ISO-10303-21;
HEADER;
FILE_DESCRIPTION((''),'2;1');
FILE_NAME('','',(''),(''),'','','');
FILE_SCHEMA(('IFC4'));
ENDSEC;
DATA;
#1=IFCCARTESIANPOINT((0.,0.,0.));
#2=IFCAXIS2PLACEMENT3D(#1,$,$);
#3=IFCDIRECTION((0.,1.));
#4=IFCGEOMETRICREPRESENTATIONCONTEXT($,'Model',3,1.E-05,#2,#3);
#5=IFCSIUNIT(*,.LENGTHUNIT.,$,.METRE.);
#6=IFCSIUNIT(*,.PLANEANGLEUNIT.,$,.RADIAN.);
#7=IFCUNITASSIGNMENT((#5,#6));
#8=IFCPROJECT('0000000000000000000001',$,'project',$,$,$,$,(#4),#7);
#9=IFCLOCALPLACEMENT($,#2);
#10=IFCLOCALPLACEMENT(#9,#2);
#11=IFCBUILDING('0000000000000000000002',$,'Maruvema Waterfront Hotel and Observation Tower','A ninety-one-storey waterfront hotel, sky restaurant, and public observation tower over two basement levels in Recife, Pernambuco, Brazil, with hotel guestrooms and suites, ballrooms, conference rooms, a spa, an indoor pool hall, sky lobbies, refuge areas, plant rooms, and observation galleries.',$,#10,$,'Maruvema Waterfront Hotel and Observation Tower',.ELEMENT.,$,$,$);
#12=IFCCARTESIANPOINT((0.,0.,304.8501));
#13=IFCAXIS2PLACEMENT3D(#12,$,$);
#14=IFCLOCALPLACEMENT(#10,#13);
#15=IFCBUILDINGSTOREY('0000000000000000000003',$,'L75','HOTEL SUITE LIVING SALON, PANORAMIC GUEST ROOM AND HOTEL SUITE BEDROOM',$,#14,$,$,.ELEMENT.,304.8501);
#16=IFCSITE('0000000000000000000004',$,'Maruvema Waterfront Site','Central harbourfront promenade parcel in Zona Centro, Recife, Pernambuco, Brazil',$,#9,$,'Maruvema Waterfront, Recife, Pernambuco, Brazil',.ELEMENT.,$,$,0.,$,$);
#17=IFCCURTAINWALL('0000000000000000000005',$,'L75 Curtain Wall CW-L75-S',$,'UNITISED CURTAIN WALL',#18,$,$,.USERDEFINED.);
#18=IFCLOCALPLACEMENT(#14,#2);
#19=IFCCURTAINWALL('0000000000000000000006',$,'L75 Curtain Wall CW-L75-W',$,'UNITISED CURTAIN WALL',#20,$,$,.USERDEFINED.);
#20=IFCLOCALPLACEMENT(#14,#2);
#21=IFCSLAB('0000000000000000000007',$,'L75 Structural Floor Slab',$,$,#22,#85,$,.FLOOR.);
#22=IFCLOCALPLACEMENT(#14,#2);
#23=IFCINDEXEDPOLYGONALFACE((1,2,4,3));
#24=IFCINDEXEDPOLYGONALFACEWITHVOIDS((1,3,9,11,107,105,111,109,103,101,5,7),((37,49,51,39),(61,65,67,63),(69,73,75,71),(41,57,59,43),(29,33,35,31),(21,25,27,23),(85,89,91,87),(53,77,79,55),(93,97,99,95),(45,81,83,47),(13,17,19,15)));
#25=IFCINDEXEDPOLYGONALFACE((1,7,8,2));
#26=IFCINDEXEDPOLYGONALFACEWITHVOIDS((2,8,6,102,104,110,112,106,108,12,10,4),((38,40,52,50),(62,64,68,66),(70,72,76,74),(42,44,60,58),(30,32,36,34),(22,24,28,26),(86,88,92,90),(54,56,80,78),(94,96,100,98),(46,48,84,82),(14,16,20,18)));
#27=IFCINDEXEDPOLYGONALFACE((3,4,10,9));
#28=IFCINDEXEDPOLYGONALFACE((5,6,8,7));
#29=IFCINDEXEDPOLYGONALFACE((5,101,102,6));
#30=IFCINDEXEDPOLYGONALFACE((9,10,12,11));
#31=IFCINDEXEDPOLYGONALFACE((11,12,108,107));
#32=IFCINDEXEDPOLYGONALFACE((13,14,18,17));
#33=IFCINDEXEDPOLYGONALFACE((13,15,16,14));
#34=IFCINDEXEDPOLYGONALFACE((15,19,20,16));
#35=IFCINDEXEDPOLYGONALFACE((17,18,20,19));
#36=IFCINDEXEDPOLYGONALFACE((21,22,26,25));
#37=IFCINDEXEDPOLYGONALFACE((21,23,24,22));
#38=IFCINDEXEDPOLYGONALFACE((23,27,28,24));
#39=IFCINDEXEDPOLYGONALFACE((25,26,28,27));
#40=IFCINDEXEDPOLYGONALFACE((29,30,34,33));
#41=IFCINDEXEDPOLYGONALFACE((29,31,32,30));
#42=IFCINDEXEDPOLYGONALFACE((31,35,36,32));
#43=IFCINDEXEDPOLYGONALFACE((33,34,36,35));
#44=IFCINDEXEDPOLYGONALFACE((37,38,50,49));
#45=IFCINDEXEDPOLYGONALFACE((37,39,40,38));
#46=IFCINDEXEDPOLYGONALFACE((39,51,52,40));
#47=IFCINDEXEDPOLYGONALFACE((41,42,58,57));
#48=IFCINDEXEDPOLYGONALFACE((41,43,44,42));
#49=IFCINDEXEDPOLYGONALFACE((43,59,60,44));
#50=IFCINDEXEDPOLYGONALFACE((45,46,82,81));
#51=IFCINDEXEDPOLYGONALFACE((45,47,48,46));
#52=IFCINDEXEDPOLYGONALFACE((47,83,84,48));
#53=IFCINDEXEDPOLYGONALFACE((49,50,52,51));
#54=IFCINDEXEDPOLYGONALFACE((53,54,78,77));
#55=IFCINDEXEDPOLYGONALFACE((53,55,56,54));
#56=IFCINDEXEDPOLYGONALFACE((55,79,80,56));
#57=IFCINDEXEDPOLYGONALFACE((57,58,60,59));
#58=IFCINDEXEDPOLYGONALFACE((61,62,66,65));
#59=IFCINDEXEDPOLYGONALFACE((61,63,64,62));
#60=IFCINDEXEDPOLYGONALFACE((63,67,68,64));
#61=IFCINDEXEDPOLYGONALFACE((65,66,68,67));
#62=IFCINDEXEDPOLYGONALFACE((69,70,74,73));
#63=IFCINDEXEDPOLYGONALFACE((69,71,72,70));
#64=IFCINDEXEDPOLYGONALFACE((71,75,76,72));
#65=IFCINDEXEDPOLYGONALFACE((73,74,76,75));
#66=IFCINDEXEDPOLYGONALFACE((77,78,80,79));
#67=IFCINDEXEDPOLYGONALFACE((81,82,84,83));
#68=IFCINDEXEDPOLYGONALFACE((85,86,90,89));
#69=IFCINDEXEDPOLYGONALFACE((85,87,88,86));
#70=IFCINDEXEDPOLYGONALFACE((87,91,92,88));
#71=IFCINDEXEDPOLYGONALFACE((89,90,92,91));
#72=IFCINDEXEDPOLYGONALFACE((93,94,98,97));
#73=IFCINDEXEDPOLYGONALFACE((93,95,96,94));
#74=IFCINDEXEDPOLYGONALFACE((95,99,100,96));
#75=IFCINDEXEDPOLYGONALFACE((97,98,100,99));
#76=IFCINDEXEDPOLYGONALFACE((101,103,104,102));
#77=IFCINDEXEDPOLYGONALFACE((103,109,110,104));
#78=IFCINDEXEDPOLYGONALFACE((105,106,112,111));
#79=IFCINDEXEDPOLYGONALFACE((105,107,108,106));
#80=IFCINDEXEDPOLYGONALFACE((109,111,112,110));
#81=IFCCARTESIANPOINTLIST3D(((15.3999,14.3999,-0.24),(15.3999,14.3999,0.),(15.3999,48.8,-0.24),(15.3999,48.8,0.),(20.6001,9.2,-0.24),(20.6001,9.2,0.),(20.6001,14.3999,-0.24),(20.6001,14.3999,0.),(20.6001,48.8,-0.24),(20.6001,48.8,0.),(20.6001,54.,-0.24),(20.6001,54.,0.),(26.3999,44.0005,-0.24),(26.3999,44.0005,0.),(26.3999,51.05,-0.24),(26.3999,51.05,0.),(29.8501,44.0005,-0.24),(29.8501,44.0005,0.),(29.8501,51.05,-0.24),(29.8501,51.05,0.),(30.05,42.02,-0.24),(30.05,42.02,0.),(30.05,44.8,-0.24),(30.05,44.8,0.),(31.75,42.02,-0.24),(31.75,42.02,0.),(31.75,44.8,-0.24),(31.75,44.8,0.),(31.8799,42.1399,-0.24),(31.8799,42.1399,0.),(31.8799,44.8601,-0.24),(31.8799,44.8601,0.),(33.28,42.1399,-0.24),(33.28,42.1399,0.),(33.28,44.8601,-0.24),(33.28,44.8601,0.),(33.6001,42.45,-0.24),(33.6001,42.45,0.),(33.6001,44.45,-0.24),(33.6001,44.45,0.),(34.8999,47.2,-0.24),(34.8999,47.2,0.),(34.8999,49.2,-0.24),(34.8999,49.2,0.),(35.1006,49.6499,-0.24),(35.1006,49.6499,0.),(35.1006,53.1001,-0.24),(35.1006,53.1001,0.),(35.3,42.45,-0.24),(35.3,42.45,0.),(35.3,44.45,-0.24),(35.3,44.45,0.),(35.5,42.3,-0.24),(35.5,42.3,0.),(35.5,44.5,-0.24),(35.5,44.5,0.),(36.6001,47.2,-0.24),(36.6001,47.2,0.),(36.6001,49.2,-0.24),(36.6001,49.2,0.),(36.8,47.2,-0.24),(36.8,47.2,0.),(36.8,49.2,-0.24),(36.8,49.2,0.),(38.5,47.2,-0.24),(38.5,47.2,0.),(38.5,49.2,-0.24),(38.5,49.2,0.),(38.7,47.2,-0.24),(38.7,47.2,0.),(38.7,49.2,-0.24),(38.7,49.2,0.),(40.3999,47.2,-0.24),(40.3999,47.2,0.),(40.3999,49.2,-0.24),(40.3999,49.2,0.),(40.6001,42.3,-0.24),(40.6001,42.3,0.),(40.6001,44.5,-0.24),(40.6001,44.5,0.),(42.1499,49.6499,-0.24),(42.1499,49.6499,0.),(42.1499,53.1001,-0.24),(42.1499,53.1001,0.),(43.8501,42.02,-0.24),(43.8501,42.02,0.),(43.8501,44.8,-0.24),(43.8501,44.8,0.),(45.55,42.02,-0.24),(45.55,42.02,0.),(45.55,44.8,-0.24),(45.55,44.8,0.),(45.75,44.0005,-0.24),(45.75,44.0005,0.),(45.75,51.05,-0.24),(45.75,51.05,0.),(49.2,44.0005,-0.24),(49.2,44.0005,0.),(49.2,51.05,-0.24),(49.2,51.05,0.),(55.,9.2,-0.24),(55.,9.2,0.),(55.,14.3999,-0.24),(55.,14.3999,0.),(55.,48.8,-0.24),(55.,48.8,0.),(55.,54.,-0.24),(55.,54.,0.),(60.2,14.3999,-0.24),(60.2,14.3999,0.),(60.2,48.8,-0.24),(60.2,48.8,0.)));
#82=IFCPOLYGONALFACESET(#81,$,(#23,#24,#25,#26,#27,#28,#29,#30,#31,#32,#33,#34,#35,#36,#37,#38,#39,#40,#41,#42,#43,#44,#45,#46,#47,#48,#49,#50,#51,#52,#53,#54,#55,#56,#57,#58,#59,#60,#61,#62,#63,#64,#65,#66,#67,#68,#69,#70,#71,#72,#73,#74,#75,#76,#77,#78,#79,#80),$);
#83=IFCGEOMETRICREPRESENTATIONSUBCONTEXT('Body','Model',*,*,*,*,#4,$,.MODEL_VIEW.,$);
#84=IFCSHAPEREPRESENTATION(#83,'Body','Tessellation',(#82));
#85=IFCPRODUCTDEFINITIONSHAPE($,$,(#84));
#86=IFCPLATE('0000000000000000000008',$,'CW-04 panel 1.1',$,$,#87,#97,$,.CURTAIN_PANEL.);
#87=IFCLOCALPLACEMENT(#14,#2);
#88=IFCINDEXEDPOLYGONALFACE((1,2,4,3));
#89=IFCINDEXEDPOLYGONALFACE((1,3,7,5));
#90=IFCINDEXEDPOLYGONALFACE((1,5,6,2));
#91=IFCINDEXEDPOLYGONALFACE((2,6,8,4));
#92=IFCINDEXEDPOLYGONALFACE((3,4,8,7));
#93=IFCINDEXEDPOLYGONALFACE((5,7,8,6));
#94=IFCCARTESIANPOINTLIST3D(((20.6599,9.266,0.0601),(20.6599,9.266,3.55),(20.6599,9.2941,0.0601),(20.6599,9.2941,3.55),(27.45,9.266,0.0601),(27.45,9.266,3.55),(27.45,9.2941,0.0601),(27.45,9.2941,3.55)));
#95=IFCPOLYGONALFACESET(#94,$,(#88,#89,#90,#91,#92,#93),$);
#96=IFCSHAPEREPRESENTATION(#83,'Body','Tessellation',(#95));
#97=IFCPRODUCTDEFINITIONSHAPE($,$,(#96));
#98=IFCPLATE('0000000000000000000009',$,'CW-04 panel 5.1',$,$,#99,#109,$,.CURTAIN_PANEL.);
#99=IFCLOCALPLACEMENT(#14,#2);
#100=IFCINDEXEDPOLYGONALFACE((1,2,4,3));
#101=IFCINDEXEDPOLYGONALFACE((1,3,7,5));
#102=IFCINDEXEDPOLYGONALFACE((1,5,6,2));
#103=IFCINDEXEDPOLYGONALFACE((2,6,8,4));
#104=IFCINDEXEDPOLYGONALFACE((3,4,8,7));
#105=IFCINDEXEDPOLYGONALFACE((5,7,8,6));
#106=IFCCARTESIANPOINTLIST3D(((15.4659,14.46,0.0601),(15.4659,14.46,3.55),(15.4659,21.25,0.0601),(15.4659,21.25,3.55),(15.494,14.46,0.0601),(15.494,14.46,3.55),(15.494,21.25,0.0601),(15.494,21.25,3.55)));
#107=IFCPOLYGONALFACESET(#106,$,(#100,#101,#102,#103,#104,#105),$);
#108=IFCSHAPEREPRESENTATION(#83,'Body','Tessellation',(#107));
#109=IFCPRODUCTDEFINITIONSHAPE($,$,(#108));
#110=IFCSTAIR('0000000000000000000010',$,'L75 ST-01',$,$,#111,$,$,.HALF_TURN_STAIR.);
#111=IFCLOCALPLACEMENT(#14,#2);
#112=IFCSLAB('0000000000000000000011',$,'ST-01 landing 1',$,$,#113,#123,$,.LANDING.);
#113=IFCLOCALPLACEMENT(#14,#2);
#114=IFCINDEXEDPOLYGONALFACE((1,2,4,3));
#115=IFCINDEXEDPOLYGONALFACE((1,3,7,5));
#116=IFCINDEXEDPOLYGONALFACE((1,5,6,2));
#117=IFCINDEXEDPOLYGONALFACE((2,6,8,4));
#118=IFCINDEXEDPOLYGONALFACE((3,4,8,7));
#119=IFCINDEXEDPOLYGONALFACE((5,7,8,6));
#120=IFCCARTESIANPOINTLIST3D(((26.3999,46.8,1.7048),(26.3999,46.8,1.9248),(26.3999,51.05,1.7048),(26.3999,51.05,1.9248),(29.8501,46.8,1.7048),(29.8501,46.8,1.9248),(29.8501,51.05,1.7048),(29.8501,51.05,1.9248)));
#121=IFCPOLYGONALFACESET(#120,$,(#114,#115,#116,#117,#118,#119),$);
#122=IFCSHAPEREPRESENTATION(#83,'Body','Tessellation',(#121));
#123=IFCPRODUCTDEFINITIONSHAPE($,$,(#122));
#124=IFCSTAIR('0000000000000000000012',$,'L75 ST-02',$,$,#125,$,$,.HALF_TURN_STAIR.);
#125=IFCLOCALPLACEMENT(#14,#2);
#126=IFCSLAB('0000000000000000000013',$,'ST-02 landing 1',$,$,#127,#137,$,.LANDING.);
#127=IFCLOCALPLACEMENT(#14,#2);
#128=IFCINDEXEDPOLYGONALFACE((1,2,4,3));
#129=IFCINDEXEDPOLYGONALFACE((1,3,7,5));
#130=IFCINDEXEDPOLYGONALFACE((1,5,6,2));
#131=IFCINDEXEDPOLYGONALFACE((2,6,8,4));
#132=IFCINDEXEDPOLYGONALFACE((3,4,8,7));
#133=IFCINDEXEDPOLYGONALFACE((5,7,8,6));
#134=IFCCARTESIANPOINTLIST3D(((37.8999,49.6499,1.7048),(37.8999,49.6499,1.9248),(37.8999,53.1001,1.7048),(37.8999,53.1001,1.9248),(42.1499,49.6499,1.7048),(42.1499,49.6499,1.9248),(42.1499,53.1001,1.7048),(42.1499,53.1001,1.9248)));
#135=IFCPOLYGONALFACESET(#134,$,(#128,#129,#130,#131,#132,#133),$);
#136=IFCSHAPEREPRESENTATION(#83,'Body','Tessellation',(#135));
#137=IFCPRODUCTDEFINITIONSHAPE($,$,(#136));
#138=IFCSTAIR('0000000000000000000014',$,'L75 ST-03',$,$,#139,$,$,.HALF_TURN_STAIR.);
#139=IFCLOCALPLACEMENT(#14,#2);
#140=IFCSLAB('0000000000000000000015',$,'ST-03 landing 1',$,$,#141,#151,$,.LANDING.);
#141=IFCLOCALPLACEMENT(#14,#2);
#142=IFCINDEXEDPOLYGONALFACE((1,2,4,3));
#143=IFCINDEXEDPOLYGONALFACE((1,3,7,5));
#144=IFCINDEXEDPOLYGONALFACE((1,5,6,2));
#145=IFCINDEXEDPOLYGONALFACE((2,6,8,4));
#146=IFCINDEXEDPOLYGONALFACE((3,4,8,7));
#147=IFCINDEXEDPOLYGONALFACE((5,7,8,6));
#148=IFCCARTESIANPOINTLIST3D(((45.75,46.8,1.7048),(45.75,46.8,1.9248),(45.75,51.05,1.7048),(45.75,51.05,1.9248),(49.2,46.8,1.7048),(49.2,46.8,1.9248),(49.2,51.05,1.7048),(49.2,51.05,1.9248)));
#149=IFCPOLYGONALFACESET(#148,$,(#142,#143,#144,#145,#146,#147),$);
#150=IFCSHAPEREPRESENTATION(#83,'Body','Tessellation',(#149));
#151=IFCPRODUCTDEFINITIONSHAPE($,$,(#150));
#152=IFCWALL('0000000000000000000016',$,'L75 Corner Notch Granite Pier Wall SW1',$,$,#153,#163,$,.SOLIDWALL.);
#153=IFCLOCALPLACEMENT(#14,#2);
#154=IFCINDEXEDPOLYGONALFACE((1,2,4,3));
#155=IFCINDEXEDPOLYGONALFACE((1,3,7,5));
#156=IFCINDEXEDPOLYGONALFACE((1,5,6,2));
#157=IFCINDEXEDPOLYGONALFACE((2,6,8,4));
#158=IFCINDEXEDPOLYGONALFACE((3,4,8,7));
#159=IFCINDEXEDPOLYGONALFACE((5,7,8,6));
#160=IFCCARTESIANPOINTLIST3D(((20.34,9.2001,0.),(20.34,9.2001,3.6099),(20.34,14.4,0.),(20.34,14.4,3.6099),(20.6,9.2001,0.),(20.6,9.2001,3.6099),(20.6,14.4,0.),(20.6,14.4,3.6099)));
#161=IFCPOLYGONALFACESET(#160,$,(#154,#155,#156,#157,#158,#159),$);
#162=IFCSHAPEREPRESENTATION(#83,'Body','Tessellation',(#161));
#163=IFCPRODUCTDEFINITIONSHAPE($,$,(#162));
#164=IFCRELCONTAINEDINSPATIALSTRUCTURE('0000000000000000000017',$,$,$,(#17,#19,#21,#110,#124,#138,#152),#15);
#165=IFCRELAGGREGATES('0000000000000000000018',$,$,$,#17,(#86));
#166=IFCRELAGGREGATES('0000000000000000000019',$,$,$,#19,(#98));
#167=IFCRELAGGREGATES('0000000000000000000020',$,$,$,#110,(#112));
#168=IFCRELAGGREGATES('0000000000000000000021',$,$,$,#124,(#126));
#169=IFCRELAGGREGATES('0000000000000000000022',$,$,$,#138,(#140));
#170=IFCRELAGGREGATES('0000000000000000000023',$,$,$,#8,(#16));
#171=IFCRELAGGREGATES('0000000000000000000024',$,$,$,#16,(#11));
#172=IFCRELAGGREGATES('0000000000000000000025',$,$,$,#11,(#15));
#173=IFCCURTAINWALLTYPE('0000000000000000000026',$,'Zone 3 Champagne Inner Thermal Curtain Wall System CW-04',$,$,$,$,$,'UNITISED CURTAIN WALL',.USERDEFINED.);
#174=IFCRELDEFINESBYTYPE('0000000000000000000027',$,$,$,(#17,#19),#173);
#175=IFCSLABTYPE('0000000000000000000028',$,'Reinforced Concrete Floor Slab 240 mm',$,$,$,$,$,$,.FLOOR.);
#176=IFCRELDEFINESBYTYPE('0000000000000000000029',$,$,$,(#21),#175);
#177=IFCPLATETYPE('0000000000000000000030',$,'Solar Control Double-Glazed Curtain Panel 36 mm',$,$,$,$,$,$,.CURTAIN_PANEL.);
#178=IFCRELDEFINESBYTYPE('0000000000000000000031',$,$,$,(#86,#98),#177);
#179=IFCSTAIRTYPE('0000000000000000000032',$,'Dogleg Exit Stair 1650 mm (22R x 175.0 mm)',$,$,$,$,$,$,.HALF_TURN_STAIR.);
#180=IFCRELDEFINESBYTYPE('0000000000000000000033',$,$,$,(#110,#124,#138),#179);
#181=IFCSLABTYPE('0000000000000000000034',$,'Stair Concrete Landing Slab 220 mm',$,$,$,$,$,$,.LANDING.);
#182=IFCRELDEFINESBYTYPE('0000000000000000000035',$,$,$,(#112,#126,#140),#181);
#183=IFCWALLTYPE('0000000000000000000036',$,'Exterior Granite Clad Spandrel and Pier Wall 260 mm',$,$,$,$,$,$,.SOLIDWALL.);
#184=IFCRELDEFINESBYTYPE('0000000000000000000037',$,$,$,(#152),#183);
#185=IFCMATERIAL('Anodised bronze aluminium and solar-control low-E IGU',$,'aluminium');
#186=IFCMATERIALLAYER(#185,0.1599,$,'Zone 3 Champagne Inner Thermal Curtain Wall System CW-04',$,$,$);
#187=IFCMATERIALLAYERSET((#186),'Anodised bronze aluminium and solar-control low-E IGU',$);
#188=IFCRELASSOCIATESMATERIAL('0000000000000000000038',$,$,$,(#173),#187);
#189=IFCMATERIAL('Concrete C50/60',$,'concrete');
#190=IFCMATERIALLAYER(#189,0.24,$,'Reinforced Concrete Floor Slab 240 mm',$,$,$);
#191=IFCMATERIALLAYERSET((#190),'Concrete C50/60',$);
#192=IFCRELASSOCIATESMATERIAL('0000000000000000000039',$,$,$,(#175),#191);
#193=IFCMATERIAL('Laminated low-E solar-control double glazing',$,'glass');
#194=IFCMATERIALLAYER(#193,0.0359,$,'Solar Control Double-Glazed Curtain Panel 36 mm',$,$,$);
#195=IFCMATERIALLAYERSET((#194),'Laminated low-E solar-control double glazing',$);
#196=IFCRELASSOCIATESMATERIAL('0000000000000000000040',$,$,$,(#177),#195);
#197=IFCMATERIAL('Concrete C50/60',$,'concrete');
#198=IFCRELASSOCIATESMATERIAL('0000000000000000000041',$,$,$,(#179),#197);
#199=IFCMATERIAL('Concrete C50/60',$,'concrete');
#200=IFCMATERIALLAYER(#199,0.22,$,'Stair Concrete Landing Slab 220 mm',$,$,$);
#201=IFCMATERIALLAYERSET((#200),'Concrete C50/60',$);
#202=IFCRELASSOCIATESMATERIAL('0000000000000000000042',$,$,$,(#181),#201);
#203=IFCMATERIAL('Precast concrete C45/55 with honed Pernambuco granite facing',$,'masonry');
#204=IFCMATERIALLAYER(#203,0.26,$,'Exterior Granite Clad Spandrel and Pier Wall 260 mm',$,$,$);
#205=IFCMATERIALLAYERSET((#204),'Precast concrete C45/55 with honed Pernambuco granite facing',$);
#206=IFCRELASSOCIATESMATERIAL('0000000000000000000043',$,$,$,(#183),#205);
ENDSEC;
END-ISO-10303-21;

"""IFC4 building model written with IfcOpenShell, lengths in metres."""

from ifc_helpers import new_model, si_unit, direction, frame, frame_2d, origin, origin_2d, place, context, subcontext, project, spatial, polyline, rectangle, outline, extrude, material, layer, layer_set, type_object, element, aggregate, save


model = new_model("IFC4")

# Units and contexts
model_context = context("Model", 3, precision=1e-05, world=origin(), true_north=direction((0.0, 1.0)))
body_context = subcontext(model_context, "Body", "Model", "MODEL_VIEW")
ifc_project = project(units=[si_unit("LENGTHUNIT", "METRE"), si_unit("PLANEANGLEUNIT", "RADIAN")], contexts=[model_context])

# Site, building, storey
site_placement = place(None, origin())
site = spatial("IfcSite", under=ifc_project, at=site_placement, Name="Maruvema Waterfront Site", Description="Central harbourfront promenade parcel in Zona Centro, Recife, Pernambuco, Brazil", LongName="Maruvema Waterfront, Recife, Pernambuco, Brazil", CompositionType="ELEMENT", RefElevation=0.0)
building_placement = place(site_placement, origin())
building = spatial("IfcBuilding", under=site, at=building_placement, Name="Maruvema Waterfront Hotel and Observation Tower", Description="A ninety-one-storey waterfront hotel, sky restaurant, and public observation tower over two basement levels in Recife, Pernambuco, Brazil, with hotel guestrooms and suites, ballrooms, conference rooms, a spa, an indoor pool hall, sky lobbies, refuge areas, plant rooms, and observation galleries.", LongName="Maruvema Waterfront Hotel and Observation Tower", CompositionType="ELEMENT")
storey_placement = place(building_placement, frame((0.0, 0.0, 304.8501)))
storey = spatial("IfcBuildingStorey", under=building, at=storey_placement, Name="L75", Description="HOTEL SUITE LIVING SALON, PANORAMIC GUEST ROOM AND HOTEL SUITE BEDROOM", CompositionType="ELEMENT", Elevation=304.8501)

# Curtain wall
ifc_material_1 = material(Name="Anodised bronze aluminium and solar-control low-E IGU", Category="aluminium")
ifc_layer_1 = layer(ifc_material_1, 0.1599, Name="Zone 3 Champagne Inner Thermal Curtain Wall System CW-04")
ifc_layer_set_1 = layer_set([ifc_layer_1], Name="Anodised bronze aluminium and solar-control low-E IGU")
curtain_wall_type = type_object("IfcCurtainWallType", Name="Zone 3 Champagne Inner Thermal Curtain Wall System CW-04", ElementType="UNITISED CURTAIN WALL", PredefinedType="USERDEFINED", material=ifc_layer_set_1)
curtain_wall_1_placement = place(storey_placement, origin())
curtain_wall_1 = element("IfcCurtainWall", 1, at=curtain_wall_1_placement, inside=storey, type_object=curtain_wall_type, Name="L75 Curtain Wall CW-L75-S", ObjectType="UNITISED CURTAIN WALL", PredefinedType="USERDEFINED")

# Curtain wall
curtain_wall_2_placement = place(storey_placement, origin())
curtain_wall_2 = element("IfcCurtainWall", 2, at=curtain_wall_2_placement, inside=storey, type_object=curtain_wall_type, Name="L75 Curtain Wall CW-L75-W", ObjectType="UNITISED CURTAIN WALL", PredefinedType="USERDEFINED")

# Slab
ifc_material_2 = material(Name="Concrete C50/60", Category="concrete")
ifc_layer_2 = layer(ifc_material_2, 0.24, Name="Reinforced Concrete Floor Slab 240 mm")
ifc_layer_set_2 = layer_set([ifc_layer_2], Name="Concrete C50/60")
slab_type_1 = type_object("IfcSlabType", Name="Reinforced Concrete Floor Slab 240 mm", PredefinedType="FLOOR", material=ifc_layer_set_2)
slab_1_placement = place(storey_placement, frame((0.0, 0.0, -0.24)))
element("IfcSlab", 3, at=slab_1_placement, inside=storey, type_object=slab_type_1, Name="L75 Structural Floor Slab", PredefinedType="FLOOR", context=body_context, shape_type="SweptSolid", body=[
    extrude(outline(polyline([(20.6001, 9.2), (55.0, 9.2), (55.0, 14.3999), (60.2, 14.3999), (60.2, 48.8), (55.0, 48.8), (55.0, 54.0), (20.6001, 54.0), (20.6001, 48.8), (15.3999, 48.8), (15.3999, 14.3999), (20.6001, 14.3999), (20.6001, 9.2)]), holes=[polyline([(26.3999, 44.0005), (26.3999, 51.05), (29.8501, 51.05), (29.8501, 44.0005), (26.3999, 44.0005)]), polyline([(30.05, 44.8), (31.75, 44.8), (31.75, 42.02), (30.05, 42.02), (30.05, 44.8)]), polyline([(31.8799, 42.1399), (31.8799, 44.8601), (33.28, 44.8601), (33.28, 42.1399), (31.8799, 42.1399)]), polyline([(33.6001, 44.45), (35.3, 44.45), (35.3, 42.45), (33.6001, 42.45), (33.6001, 44.45)]), polyline([(34.8999, 49.2), (36.6001, 49.2), (36.6001, 47.2), (34.8999, 47.2), (34.8999, 49.2)]), polyline([(36.8, 47.2), (36.8, 49.2), (38.5, 49.2), (38.5, 47.2), (36.8, 47.2)]), polyline([(35.5, 42.3), (35.5, 44.5), (40.6001, 44.5), (40.6001, 42.3), (35.5, 42.3)]), polyline([(35.1006, 53.1001), (42.1499, 53.1001), (42.1499, 49.6499), (35.1006, 49.6499), (35.1006, 53.1001)]), polyline([(38.7, 49.2), (40.3999, 49.2), (40.3999, 47.2), (38.7, 47.2), (38.7, 49.2)]), polyline([(43.8501, 44.8), (45.55, 44.8), (45.55, 42.02), (43.8501, 42.02), (43.8501, 44.8)]), polyline([(45.75, 44.0005), (45.75, 51.05), (49.2, 51.05), (49.2, 44.0005), (45.75, 44.0005)])]), origin(), (0.0, 0.0, 1.0), 0.24),
])

# Plates
ifc_material_3 = material(Name="Laminated low-E solar-control double glazing", Category="glass")
ifc_layer_3 = layer(ifc_material_3, 0.0359, Name="Solar Control Double-Glazed Curtain Panel 36 mm")
ifc_layer_set_3 = layer_set([ifc_layer_3], Name="Laminated low-E solar-control double glazing")
plate_type = type_object("IfcPlateType", Name="Solar Control Double-Glazed Curtain Panel 36 mm", PredefinedType="CURTAIN_PANEL", material=ifc_layer_set_3)
plate_1_placement = place(storey_placement, frame((24.0549, 9.28, 0.0601), z_axis=(0.0, 0.0, 1.0), x_axis=(1.0, 0.0, 0.0)))
plate_1 = element("IfcPlate", 4, at=plate_1_placement, type_object=plate_type, Name="CW-04 panel 1.1", PredefinedType="CURTAIN_PANEL", context=body_context, shape_type="SweptSolid", body=[
    extrude(rectangle(XDim=6.79, YDim=0.0281, at=origin_2d()), origin(), (0.0, 0.0, 1.0), 3.49),
])
aggregate(curtain_wall_1, [plate_1])
plate_2_placement = place(storey_placement, frame((15.48, 17.855, 0.0601), z_axis=(0.0, 0.0, 1.0), x_axis=(0.0, -1.0, 0.0)))
plate_2 = element("IfcPlate", 5, at=plate_2_placement, type_object=plate_type, Name="CW-04 panel 5.1", PredefinedType="CURTAIN_PANEL", context=body_context, shape_type="SweptSolid", body=[
    extrude(rectangle(XDim=6.79, YDim=0.0281, at=origin_2d()), origin(), (0.0, 0.0, 1.0), 3.49),
])
aggregate(curtain_wall_2, [plate_2])

# Stairs, slabs
ifc_material_4 = material(Name="Concrete C50/60", Category="concrete")
stair_type = type_object("IfcStairType", Name="Dogleg Exit Stair 1650 mm (22R x 175.0 mm)", PredefinedType="HALF_TURN_STAIR", material=ifc_material_4)
stair_1_placement = place(storey_placement, origin())
stair_1 = element("IfcStair", 6, at=stair_1_placement, inside=storey, type_object=stair_type, Name="L75 ST-01", PredefinedType="HALF_TURN_STAIR")
ifc_material_5 = material(Name="Concrete C50/60", Category="concrete")
ifc_layer_4 = layer(ifc_material_5, 0.22, Name="Stair Concrete Landing Slab 220 mm")
ifc_layer_set_4 = layer_set([ifc_layer_4], Name="Concrete C50/60")
slab_type_2 = type_object("IfcSlabType", Name="Stair Concrete Landing Slab 220 mm", PredefinedType="LANDING", material=ifc_layer_set_4)
slab_2_placement = place(storey_placement, frame((0.0, 0.0, 1.7048)))
slab_2 = element("IfcSlab", 7, at=slab_2_placement, type_object=slab_type_2, Name="ST-01 landing 1", PredefinedType="LANDING", context=body_context, shape_type="SweptSolid", body=[
    extrude(outline(polyline([(29.8501, 46.8), (29.8501, 51.05), (26.3999, 51.05), (26.3999, 46.8), (29.8501, 46.8)])), origin(), (0.0, 0.0, 1.0), 0.22),
])
aggregate(stair_1, [slab_2])
stair_2_placement = place(storey_placement, origin())
stair_2 = element("IfcStair", 8, at=stair_2_placement, inside=storey, type_object=stair_type, Name="L75 ST-02", PredefinedType="HALF_TURN_STAIR")
slab_3_placement = place(storey_placement, frame((0.0, 0.0, 1.7048)))
slab_3 = element("IfcSlab", 9, at=slab_3_placement, type_object=slab_type_2, Name="ST-02 landing 1", PredefinedType="LANDING", context=body_context, shape_type="SweptSolid", body=[
    extrude(outline(polyline([(37.8999, 49.6499), (42.1499, 49.6499), (42.1499, 53.1001), (37.8999, 53.1001), (37.8999, 49.6499)])), origin(), (0.0, 0.0, 1.0), 0.22),
])
aggregate(stair_2, [slab_3])
stair_3_placement = place(storey_placement, origin())
stair_3 = element("IfcStair", 10, at=stair_3_placement, inside=storey, type_object=stair_type, Name="L75 ST-03", PredefinedType="HALF_TURN_STAIR")
slab_4_placement = place(storey_placement, frame((0.0, 0.0, 1.7048)))
slab_4 = element("IfcSlab", 11, at=slab_4_placement, type_object=slab_type_2, Name="ST-03 landing 1", PredefinedType="LANDING", context=body_context, shape_type="SweptSolid", body=[
    extrude(outline(polyline([(49.2, 46.8), (49.2, 51.05), (45.75, 51.05), (45.75, 46.8), (49.2, 46.8)])), origin(), (0.0, 0.0, 1.0), 0.22),
])
aggregate(stair_3, [slab_4])

# Wall
ifc_material_6 = material(Name="Precast concrete C45/55 with honed Pernambuco granite facing", Category="masonry")
ifc_layer_5 = layer(ifc_material_6, 0.26, Name="Exterior Granite Clad Spandrel and Pier Wall 260 mm")
ifc_layer_set_5 = layer_set([ifc_layer_5], Name="Precast concrete C45/55 with honed Pernambuco granite facing")
wall_type_1 = type_object("IfcWallType", Name="Exterior Granite Clad Spandrel and Pier Wall 260 mm", PredefinedType="SOLIDWALL", material=ifc_layer_set_5)
wall_1_placement = place(storey_placement, frame((20.47, 9.2, 0.0), z_axis=(0.0, 0.0, 1.0), x_axis=(0.0, 1.0, 0.0)))
element("IfcWall", 12, at=wall_1_placement, inside=storey, type_object=wall_type_1, Name="L75 Corner Notch Granite Pier Wall SW1", PredefinedType="SOLIDWALL", context=body_context, shape_type="SweptSolid", body=[
    extrude(rectangle(XDim=5.2, YDim=0.26, at=frame_2d((2.6001, 0.0))), origin(), (0.0, 0.0, 1.0), 3.6099),
])

save(model, "model.ifc")
